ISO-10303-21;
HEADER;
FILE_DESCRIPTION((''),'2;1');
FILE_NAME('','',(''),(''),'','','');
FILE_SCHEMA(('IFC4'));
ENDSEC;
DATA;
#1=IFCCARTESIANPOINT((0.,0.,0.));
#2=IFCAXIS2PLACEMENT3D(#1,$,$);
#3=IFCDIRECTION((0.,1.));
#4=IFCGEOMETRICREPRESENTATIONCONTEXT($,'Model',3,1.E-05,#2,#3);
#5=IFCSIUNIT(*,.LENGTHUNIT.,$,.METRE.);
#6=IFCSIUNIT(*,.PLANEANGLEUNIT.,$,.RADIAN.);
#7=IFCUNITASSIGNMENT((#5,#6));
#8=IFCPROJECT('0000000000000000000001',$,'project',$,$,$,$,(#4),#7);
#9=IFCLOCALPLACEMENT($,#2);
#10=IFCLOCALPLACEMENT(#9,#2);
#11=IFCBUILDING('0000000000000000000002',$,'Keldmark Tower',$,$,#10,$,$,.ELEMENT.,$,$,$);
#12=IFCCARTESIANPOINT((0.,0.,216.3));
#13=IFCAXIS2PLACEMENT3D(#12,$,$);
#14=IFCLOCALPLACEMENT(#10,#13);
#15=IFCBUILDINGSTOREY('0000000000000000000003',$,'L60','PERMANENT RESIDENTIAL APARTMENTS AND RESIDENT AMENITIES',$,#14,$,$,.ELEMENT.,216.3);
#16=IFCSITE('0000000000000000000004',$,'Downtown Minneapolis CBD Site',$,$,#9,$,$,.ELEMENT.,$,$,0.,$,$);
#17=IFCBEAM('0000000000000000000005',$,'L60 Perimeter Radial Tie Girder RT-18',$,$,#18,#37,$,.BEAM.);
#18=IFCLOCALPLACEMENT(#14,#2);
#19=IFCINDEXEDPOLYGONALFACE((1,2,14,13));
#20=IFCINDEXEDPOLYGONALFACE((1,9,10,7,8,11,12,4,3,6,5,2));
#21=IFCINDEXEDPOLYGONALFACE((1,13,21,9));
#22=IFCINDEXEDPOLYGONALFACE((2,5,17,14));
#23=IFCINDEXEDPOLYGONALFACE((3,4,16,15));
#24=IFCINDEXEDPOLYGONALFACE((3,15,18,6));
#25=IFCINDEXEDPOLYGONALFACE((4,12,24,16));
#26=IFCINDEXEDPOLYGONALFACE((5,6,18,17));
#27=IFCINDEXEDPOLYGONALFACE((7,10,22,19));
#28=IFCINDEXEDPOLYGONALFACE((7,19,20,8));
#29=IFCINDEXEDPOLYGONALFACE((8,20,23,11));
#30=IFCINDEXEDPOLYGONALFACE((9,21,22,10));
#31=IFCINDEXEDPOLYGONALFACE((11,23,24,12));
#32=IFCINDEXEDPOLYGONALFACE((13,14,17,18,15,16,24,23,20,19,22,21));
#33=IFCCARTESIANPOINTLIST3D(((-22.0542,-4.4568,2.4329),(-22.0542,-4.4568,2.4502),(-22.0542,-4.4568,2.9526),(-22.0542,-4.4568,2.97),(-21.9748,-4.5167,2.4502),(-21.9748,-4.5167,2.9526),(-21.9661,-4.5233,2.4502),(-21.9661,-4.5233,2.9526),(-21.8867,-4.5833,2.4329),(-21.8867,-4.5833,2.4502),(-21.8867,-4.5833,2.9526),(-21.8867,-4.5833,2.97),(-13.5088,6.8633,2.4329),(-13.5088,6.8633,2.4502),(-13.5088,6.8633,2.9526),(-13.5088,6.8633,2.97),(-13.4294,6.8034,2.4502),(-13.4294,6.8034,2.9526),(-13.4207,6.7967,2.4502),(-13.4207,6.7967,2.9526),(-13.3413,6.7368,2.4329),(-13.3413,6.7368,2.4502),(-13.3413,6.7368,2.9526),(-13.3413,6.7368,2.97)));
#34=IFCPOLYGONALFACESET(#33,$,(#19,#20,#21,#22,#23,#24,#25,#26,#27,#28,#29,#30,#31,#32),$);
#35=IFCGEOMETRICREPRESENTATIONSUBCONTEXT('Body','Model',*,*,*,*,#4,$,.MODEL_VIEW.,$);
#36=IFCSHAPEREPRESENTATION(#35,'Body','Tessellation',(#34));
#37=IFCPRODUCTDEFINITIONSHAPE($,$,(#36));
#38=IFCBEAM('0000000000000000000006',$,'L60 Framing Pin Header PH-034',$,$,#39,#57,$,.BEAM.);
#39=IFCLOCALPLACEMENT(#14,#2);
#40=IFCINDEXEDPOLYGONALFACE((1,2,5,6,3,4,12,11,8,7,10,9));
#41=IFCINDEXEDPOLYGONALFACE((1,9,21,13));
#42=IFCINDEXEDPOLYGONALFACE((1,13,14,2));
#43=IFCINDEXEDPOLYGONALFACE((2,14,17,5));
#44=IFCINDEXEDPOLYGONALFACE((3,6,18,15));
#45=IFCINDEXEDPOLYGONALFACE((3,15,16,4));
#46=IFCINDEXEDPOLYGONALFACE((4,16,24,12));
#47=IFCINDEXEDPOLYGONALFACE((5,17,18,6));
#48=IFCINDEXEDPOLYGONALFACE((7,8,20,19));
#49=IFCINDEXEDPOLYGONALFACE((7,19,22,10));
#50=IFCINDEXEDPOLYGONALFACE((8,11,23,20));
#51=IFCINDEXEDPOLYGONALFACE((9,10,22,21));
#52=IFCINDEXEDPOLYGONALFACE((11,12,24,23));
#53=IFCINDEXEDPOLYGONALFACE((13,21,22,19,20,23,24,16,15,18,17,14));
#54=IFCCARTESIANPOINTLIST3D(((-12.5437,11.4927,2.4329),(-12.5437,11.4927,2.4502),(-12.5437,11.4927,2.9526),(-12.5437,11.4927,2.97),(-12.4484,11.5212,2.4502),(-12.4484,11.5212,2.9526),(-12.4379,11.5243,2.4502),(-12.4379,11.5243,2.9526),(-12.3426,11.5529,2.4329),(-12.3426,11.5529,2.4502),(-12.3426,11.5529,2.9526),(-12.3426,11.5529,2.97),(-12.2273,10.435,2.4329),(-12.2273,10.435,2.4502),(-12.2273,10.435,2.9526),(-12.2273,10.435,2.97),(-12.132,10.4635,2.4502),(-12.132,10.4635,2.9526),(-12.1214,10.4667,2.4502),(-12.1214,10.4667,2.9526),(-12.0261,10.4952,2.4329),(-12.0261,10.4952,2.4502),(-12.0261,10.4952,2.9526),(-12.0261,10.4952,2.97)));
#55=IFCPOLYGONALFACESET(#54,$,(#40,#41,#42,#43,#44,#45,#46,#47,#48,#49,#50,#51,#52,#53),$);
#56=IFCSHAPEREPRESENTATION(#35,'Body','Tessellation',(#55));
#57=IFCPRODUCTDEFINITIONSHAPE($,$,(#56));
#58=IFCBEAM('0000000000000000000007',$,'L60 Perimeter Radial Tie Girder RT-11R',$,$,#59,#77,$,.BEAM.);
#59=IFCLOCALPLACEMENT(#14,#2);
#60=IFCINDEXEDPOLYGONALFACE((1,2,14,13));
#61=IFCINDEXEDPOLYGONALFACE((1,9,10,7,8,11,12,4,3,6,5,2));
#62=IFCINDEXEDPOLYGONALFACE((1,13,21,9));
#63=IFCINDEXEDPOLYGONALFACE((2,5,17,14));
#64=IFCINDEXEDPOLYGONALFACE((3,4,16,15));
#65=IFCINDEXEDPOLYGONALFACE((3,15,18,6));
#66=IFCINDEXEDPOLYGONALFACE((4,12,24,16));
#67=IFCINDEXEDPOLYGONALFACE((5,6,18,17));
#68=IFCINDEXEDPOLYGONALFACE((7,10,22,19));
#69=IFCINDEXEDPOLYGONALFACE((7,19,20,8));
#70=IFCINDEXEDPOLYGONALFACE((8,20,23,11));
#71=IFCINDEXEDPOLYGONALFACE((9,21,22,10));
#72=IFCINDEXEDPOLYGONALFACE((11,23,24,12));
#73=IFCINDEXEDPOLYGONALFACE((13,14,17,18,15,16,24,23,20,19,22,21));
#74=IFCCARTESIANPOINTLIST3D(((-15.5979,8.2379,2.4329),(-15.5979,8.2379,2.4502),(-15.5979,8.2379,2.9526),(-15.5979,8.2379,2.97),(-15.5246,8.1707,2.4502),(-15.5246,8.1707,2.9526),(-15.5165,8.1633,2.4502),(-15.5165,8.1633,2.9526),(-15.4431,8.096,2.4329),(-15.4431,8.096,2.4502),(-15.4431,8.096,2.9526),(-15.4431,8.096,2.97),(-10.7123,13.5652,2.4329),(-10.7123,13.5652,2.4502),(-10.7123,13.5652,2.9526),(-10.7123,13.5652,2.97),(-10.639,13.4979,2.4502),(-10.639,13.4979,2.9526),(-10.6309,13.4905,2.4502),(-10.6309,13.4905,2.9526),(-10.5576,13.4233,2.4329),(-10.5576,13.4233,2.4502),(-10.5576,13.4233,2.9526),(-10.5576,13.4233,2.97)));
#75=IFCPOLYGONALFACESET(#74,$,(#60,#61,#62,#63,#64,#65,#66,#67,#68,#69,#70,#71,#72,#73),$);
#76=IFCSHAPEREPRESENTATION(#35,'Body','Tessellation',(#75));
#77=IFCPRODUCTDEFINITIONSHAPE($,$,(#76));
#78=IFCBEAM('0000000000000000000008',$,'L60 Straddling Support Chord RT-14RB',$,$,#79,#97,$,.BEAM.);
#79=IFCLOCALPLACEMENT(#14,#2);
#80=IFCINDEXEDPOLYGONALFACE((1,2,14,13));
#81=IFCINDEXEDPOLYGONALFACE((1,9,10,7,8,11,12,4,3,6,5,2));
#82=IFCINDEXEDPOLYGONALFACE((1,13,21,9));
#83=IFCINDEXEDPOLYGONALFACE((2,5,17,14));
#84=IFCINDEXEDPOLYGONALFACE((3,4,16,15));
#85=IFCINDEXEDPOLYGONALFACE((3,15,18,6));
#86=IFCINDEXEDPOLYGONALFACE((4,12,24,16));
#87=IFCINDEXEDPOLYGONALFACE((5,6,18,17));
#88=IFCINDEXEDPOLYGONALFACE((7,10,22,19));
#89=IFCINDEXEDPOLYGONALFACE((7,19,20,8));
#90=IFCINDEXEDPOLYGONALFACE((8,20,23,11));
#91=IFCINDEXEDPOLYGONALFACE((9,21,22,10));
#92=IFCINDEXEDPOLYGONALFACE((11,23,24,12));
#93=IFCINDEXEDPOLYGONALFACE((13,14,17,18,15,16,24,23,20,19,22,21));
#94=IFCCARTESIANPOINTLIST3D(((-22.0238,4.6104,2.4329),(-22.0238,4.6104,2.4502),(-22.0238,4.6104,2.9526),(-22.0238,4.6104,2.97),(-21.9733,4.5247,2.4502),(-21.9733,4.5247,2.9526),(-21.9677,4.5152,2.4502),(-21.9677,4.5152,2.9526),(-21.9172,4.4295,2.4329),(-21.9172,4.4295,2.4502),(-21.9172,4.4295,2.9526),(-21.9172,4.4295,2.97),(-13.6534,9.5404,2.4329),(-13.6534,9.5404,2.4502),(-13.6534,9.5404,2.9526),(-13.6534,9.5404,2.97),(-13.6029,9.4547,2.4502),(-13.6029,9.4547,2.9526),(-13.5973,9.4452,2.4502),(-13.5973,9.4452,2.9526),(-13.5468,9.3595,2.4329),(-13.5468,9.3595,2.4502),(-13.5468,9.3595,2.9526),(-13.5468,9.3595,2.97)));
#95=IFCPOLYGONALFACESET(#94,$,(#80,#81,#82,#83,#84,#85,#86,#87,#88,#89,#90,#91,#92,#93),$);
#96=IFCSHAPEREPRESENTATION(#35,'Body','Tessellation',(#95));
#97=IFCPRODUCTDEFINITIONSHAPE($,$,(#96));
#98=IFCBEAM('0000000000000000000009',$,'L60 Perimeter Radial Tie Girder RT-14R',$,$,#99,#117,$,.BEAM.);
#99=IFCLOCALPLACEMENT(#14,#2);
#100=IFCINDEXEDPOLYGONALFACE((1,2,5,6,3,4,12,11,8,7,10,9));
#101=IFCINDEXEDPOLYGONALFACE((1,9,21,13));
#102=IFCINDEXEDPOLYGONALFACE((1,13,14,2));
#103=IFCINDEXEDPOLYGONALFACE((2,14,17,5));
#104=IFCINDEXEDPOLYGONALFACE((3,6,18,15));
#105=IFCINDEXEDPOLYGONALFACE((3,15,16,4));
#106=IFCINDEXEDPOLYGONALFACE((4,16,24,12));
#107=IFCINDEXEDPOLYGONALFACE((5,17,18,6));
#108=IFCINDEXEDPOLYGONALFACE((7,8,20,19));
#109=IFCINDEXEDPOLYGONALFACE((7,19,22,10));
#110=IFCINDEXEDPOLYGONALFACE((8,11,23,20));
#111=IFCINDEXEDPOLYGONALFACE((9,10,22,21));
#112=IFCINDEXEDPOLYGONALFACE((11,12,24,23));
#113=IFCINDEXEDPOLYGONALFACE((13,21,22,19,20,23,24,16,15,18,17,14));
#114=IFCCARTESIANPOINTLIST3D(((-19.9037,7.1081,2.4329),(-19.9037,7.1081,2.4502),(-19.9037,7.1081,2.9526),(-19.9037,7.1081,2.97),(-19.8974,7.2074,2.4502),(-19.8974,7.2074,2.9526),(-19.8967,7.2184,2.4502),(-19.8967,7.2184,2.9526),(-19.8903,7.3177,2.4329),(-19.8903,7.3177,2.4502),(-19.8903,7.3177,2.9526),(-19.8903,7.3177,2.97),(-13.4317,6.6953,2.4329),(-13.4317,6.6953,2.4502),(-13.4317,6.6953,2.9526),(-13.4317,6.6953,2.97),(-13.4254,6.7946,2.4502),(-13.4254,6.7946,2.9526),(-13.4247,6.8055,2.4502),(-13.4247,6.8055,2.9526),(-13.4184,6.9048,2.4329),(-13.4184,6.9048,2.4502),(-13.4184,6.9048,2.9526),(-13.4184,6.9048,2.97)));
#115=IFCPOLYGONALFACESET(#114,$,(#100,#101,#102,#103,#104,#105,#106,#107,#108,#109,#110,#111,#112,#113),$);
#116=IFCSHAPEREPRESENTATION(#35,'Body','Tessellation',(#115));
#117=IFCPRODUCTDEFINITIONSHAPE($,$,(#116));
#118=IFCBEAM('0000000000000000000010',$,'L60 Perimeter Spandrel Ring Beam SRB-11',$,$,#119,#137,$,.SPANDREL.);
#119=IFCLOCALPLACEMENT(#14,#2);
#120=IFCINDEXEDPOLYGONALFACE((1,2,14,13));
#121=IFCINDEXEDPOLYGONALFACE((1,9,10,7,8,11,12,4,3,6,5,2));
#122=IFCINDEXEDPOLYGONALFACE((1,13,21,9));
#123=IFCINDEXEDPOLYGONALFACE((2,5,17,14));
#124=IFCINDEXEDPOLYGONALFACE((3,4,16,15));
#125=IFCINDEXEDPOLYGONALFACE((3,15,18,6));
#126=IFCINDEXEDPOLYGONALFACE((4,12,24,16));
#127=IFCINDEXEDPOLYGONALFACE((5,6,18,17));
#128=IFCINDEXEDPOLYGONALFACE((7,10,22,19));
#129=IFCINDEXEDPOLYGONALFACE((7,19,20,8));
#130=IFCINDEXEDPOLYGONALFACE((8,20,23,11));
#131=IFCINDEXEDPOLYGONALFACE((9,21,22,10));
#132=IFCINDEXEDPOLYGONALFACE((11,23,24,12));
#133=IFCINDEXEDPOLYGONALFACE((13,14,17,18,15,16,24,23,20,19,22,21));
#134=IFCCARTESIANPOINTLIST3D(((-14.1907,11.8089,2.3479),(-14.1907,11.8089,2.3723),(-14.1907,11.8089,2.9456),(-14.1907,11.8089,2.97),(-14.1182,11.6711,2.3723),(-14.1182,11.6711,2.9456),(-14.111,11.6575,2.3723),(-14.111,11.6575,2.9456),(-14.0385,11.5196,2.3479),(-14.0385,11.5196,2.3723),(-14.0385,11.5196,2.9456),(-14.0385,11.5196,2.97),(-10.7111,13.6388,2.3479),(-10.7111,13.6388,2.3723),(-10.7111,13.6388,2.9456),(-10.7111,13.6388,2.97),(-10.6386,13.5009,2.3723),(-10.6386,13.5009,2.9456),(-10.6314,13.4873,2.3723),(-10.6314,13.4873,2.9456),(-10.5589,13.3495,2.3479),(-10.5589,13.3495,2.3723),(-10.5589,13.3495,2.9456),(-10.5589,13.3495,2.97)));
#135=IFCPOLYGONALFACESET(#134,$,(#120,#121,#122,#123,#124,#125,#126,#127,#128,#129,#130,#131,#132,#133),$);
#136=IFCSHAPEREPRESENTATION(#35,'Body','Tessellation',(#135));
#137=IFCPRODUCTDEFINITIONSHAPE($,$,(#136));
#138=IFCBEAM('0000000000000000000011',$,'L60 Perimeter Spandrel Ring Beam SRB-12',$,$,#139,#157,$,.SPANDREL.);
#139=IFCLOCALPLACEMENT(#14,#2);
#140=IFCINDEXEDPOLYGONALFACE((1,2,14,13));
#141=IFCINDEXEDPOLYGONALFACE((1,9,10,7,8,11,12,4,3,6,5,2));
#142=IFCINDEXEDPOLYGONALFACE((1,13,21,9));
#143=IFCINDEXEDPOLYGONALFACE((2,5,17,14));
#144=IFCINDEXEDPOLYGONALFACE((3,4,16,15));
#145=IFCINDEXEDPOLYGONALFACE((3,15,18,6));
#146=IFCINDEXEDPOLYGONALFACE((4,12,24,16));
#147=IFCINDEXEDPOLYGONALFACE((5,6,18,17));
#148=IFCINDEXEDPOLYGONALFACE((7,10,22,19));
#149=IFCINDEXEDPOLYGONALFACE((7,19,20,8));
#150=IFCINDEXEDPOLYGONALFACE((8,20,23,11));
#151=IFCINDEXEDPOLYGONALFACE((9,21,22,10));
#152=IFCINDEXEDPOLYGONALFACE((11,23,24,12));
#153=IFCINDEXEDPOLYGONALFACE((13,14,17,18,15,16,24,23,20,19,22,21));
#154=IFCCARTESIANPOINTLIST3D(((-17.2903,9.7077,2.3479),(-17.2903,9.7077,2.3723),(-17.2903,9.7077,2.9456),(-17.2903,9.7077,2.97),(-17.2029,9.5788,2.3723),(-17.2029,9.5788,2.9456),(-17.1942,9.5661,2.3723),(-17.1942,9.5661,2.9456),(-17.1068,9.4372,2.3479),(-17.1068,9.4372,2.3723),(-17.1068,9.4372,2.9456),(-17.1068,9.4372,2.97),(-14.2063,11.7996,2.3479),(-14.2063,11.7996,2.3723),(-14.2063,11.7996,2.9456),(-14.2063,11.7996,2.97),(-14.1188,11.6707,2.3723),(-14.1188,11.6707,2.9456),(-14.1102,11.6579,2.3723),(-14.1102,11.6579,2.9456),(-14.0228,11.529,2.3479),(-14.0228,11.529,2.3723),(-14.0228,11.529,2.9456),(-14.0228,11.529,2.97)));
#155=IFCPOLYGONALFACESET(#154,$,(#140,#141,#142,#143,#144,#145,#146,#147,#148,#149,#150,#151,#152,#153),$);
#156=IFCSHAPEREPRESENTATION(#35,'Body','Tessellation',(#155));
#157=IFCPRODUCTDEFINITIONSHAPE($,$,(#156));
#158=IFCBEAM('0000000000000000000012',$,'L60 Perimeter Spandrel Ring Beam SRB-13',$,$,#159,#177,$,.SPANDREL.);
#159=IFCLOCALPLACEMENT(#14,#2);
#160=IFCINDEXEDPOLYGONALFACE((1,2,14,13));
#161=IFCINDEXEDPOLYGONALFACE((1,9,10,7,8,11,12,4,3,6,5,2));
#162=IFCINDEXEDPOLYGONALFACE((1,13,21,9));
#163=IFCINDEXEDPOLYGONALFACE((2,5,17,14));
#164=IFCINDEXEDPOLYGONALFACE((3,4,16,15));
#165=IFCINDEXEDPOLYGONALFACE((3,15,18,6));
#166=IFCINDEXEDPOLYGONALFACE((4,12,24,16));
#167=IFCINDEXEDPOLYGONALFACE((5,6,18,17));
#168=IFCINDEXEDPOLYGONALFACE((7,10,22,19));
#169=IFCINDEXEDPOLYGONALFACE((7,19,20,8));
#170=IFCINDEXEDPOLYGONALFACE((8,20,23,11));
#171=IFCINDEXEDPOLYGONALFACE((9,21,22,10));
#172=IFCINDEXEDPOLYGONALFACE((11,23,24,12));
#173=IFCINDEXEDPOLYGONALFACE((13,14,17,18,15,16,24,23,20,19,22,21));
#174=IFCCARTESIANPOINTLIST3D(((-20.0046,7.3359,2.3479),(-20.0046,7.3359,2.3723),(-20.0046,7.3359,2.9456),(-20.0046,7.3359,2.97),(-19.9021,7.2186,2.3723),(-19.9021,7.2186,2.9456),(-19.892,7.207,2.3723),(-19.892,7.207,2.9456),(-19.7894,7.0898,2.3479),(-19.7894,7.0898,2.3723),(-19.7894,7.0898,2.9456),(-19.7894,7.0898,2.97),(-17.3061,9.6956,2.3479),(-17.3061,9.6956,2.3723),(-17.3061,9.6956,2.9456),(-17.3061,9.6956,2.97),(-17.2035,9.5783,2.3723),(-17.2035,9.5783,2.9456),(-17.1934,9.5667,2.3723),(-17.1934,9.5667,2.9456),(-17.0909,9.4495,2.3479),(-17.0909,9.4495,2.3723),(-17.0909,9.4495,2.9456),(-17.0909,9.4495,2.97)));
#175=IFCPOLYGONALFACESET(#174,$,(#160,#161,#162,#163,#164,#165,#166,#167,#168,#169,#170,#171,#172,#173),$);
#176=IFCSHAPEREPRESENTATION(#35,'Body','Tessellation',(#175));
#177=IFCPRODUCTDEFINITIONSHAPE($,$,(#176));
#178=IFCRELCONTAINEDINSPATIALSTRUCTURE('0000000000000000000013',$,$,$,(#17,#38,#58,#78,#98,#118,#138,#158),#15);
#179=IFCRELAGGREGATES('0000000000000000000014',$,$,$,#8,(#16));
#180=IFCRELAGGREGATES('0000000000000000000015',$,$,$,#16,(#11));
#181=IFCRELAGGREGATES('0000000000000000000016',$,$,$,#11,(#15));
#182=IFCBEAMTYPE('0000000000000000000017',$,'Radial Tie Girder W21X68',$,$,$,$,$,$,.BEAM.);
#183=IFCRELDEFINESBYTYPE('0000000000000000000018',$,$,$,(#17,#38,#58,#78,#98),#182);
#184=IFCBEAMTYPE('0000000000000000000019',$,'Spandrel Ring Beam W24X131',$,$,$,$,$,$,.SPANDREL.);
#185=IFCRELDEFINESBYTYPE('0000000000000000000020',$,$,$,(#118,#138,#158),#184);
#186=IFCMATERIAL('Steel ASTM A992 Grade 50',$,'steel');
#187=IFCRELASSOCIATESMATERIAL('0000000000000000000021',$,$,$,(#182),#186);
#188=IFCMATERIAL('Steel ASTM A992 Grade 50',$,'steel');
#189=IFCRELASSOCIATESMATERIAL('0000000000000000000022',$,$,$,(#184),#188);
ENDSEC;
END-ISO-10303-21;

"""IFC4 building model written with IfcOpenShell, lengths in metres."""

from ifc_helpers import new_model, si_unit, direction, frame, origin, origin_2d, place, context, subcontext, project, spatial, i_section, extrude, material, material_profile, profile_set, type_object, element, save


model = new_model("IFC4")

# Units and contexts
model_context = context("Model", 3, precision=1e-05, world=origin(), true_north=direction((0.0, 1.0)))
body_context = subcontext(model_context, "Body", "Model", "MODEL_VIEW")
ifc_project = project(units=[si_unit("LENGTHUNIT", "METRE"), si_unit("PLANEANGLEUNIT", "RADIAN")], contexts=[model_context])

# Site, building, storey
site_placement = place(None, origin())
site = spatial("IfcSite", under=ifc_project, at=site_placement, Name="Downtown Minneapolis CBD Site", CompositionType="ELEMENT", RefElevation=0.0)
building_placement = place(site_placement, origin())
building = spatial("IfcBuilding", under=site, at=building_placement, Name="Keldmark Tower", CompositionType="ELEMENT")
storey_placement = place(building_placement, frame((0.0, 0.0, 216.3)))
storey = spatial("IfcBuildingStorey", under=building, at=storey_placement, Name="L60", Description="PERMANENT RESIDENTIAL APARTMENTS AND RESIDENT AMENITIES", CompositionType="ELEMENT", Elevation=216.3)

# Beams
ifc_material_1 = material(Name="Steel ASTM A992 Grade 50", Category="steel")
ifc_material_profile_1 = material_profile(ifc_material_1, i_section(OverallWidth=0.21, OverallDepth=0.5371, WebThickness=0.011, FlangeThickness=0.0173, at=origin_2d()), Name="W21X68")
ifc_profile_set_1 = profile_set([ifc_material_profile_1], Name="Steel ASTM A992 Grade 50")
beam_type_1 = type_object("IfcBeamType", Name="Radial Tie Girder W21X68", PredefinedType="BEAM", material=ifc_profile_set_1)
beam_1_placement = place(storey_placement, frame((-13.425, 6.8, 2.7014), z_axis=(-0.602495, -0.798123, 0.0), x_axis=(0.798123, -0.602495, 0.0)))
element("IfcBeam", 1, at=beam_1_placement, inside=storey, type_object=beam_type_1, Name="L60 Perimeter Radial Tie Girder RT-18", PredefinedType="BEAM", context=body_context, shape_type="SweptSolid", body=[
    extrude(i_section(OverallWidth=0.21, OverallDepth=0.5371, WebThickness=0.011, FlangeThickness=0.0173, at=origin_2d()), origin(), (0.0, 0.0, 1.0), 14.1833),
])
beam_2_placement = place(storey_placement, frame((-12.1267, 10.4651, 2.7014), z_axis=(-0.286617, 0.958045, 0.0), x_axis=(-0.958045, -0.286617, 0.0)))
element("IfcBeam", 2, at=beam_2_placement, inside=storey, type_object=beam_type_1, Name="L60 Framing Pin Header PH-034", PredefinedType="BEAM", context=body_context, shape_type="SweptSolid", body=[
    extrude(i_section(OverallWidth=0.21, OverallDepth=0.5371, WebThickness=0.011, FlangeThickness=0.0173, at=origin_2d()), origin(), (0.0, 0.0, 1.0), 1.104),
])
beam_3_placement = place(storey_placement, frame((-15.5205, 8.167, 2.7014), z_axis=(0.675896, 0.736997, 0.0), x_axis=(-0.736997, 0.675896, 0.0)))
element("IfcBeam", 3, at=beam_3_placement, inside=storey, type_object=beam_type_1, Name="L60 Perimeter Radial Tie Girder RT-11R", PredefinedType="BEAM", context=body_context, shape_type="SweptSolid", body=[
    extrude(i_section(OverallWidth=0.21, OverallDepth=0.5371, WebThickness=0.011, FlangeThickness=0.0173, at=origin_2d()), origin(), (0.0, 0.0, 1.0), 7.2283),
])
beam_4_placement = place(storey_placement, frame((-13.6001, 9.45, 2.7014), z_axis=(-0.861656, -0.507493, 0.0), x_axis=(0.507493, -0.861656, 0.0)))
element("IfcBeam", 4, at=beam_4_placement, inside=storey, type_object=beam_type_1, Name="L60 Straddling Support Chord RT-14RB", PredefinedType="BEAM", context=body_context, shape_type="SweptSolid", body=[
    extrude(i_section(OverallWidth=0.21, OverallDepth=0.5371, WebThickness=0.011, FlangeThickness=0.0173, at=origin_2d()), origin(), (0.0, 0.0, 1.0), 9.7144),
])
beam_5_placement = place(storey_placement, frame((-13.425, 6.8, 2.7014), z_axis=(-0.997972, 0.06366, 0.0), x_axis=(-0.06366, -0.997972, 0.0)))
element("IfcBeam", 5, at=beam_5_placement, inside=storey, type_object=beam_type_1, Name="L60 Perimeter Radial Tie Girder RT-14R", PredefinedType="BEAM", context=body_context, shape_type="SweptSolid", body=[
    extrude(i_section(OverallWidth=0.21, OverallDepth=0.5371, WebThickness=0.011, FlangeThickness=0.0173, at=origin_2d()), origin(), (0.0, 0.0, 1.0), 6.4851),
])
ifc_material_2 = material(Name="Steel ASTM A992 Grade 50", Category="steel")
ifc_material_profile_2 = material_profile(ifc_material_2, i_section(OverallWidth=0.3269, OverallDepth=0.6221, WebThickness=0.0154, FlangeThickness=0.0244, at=origin_2d()), Name="W24X131")
ifc_profile_set_2 = profile_set([ifc_material_profile_2], Name="Steel ASTM A992 Grade 50")
beam_type_2 = type_object("IfcBeamType", Name="Spandrel Ring Beam W24X131", PredefinedType="SPANDREL", material=ifc_profile_set_2)
beam_6_placement = place(storey_placement, frame((-10.635, 13.4941, 2.6589), z_axis=(-0.885073, -0.465452, 0.0), x_axis=(0.465452, -0.885073, 0.0)))
element("IfcBeam", 6, at=beam_6_placement, inside=storey, type_object=beam_type_2, Name="L60 Perimeter Spandrel Ring Beam SRB-11", PredefinedType="SPANDREL", context=body_context, shape_type="SweptSolid", body=[
    extrude(i_section(OverallWidth=0.3269, OverallDepth=0.6221, WebThickness=0.0154, FlangeThickness=0.0244, at=origin_2d()), origin(), (0.0, 0.0, 1.0), 3.9314),
])
beam_7_placement = place(storey_placement, frame((-14.1145, 11.6643, 2.6589), z_axis=(-0.827589, -0.561335, 0.0), x_axis=(0.561335, -0.827589, 0.0)))
element("IfcBeam", 7, at=beam_7_placement, inside=storey, type_object=beam_type_2, Name="L60 Perimeter Spandrel Ring Beam SRB-12", PredefinedType="SPANDREL", context=body_context, shape_type="SweptSolid", body=[
    extrude(i_section(OverallWidth=0.3269, OverallDepth=0.6221, WebThickness=0.0154, FlangeThickness=0.0244, at=origin_2d()), origin(), (0.0, 0.0, 1.0), 3.7266),
])
beam_8_placement = place(storey_placement, frame((-17.1985, 9.5725, 2.6589), z_axis=(-0.752792, -0.658259, 0.0), x_axis=(0.658259, -0.752792, 0.0)))
element("IfcBeam", 8, at=beam_8_placement, inside=storey, type_object=beam_type_2, Name="L60 Perimeter Spandrel Ring Beam SRB-13", PredefinedType="SPANDREL", context=body_context, shape_type="SweptSolid", body=[
    extrude(i_section(OverallWidth=0.3269, OverallDepth=0.6221, WebThickness=0.0154, FlangeThickness=0.0244, at=origin_2d()), origin(), (0.0, 0.0, 1.0), 3.5847),
])

save(model, "model.ifc")
